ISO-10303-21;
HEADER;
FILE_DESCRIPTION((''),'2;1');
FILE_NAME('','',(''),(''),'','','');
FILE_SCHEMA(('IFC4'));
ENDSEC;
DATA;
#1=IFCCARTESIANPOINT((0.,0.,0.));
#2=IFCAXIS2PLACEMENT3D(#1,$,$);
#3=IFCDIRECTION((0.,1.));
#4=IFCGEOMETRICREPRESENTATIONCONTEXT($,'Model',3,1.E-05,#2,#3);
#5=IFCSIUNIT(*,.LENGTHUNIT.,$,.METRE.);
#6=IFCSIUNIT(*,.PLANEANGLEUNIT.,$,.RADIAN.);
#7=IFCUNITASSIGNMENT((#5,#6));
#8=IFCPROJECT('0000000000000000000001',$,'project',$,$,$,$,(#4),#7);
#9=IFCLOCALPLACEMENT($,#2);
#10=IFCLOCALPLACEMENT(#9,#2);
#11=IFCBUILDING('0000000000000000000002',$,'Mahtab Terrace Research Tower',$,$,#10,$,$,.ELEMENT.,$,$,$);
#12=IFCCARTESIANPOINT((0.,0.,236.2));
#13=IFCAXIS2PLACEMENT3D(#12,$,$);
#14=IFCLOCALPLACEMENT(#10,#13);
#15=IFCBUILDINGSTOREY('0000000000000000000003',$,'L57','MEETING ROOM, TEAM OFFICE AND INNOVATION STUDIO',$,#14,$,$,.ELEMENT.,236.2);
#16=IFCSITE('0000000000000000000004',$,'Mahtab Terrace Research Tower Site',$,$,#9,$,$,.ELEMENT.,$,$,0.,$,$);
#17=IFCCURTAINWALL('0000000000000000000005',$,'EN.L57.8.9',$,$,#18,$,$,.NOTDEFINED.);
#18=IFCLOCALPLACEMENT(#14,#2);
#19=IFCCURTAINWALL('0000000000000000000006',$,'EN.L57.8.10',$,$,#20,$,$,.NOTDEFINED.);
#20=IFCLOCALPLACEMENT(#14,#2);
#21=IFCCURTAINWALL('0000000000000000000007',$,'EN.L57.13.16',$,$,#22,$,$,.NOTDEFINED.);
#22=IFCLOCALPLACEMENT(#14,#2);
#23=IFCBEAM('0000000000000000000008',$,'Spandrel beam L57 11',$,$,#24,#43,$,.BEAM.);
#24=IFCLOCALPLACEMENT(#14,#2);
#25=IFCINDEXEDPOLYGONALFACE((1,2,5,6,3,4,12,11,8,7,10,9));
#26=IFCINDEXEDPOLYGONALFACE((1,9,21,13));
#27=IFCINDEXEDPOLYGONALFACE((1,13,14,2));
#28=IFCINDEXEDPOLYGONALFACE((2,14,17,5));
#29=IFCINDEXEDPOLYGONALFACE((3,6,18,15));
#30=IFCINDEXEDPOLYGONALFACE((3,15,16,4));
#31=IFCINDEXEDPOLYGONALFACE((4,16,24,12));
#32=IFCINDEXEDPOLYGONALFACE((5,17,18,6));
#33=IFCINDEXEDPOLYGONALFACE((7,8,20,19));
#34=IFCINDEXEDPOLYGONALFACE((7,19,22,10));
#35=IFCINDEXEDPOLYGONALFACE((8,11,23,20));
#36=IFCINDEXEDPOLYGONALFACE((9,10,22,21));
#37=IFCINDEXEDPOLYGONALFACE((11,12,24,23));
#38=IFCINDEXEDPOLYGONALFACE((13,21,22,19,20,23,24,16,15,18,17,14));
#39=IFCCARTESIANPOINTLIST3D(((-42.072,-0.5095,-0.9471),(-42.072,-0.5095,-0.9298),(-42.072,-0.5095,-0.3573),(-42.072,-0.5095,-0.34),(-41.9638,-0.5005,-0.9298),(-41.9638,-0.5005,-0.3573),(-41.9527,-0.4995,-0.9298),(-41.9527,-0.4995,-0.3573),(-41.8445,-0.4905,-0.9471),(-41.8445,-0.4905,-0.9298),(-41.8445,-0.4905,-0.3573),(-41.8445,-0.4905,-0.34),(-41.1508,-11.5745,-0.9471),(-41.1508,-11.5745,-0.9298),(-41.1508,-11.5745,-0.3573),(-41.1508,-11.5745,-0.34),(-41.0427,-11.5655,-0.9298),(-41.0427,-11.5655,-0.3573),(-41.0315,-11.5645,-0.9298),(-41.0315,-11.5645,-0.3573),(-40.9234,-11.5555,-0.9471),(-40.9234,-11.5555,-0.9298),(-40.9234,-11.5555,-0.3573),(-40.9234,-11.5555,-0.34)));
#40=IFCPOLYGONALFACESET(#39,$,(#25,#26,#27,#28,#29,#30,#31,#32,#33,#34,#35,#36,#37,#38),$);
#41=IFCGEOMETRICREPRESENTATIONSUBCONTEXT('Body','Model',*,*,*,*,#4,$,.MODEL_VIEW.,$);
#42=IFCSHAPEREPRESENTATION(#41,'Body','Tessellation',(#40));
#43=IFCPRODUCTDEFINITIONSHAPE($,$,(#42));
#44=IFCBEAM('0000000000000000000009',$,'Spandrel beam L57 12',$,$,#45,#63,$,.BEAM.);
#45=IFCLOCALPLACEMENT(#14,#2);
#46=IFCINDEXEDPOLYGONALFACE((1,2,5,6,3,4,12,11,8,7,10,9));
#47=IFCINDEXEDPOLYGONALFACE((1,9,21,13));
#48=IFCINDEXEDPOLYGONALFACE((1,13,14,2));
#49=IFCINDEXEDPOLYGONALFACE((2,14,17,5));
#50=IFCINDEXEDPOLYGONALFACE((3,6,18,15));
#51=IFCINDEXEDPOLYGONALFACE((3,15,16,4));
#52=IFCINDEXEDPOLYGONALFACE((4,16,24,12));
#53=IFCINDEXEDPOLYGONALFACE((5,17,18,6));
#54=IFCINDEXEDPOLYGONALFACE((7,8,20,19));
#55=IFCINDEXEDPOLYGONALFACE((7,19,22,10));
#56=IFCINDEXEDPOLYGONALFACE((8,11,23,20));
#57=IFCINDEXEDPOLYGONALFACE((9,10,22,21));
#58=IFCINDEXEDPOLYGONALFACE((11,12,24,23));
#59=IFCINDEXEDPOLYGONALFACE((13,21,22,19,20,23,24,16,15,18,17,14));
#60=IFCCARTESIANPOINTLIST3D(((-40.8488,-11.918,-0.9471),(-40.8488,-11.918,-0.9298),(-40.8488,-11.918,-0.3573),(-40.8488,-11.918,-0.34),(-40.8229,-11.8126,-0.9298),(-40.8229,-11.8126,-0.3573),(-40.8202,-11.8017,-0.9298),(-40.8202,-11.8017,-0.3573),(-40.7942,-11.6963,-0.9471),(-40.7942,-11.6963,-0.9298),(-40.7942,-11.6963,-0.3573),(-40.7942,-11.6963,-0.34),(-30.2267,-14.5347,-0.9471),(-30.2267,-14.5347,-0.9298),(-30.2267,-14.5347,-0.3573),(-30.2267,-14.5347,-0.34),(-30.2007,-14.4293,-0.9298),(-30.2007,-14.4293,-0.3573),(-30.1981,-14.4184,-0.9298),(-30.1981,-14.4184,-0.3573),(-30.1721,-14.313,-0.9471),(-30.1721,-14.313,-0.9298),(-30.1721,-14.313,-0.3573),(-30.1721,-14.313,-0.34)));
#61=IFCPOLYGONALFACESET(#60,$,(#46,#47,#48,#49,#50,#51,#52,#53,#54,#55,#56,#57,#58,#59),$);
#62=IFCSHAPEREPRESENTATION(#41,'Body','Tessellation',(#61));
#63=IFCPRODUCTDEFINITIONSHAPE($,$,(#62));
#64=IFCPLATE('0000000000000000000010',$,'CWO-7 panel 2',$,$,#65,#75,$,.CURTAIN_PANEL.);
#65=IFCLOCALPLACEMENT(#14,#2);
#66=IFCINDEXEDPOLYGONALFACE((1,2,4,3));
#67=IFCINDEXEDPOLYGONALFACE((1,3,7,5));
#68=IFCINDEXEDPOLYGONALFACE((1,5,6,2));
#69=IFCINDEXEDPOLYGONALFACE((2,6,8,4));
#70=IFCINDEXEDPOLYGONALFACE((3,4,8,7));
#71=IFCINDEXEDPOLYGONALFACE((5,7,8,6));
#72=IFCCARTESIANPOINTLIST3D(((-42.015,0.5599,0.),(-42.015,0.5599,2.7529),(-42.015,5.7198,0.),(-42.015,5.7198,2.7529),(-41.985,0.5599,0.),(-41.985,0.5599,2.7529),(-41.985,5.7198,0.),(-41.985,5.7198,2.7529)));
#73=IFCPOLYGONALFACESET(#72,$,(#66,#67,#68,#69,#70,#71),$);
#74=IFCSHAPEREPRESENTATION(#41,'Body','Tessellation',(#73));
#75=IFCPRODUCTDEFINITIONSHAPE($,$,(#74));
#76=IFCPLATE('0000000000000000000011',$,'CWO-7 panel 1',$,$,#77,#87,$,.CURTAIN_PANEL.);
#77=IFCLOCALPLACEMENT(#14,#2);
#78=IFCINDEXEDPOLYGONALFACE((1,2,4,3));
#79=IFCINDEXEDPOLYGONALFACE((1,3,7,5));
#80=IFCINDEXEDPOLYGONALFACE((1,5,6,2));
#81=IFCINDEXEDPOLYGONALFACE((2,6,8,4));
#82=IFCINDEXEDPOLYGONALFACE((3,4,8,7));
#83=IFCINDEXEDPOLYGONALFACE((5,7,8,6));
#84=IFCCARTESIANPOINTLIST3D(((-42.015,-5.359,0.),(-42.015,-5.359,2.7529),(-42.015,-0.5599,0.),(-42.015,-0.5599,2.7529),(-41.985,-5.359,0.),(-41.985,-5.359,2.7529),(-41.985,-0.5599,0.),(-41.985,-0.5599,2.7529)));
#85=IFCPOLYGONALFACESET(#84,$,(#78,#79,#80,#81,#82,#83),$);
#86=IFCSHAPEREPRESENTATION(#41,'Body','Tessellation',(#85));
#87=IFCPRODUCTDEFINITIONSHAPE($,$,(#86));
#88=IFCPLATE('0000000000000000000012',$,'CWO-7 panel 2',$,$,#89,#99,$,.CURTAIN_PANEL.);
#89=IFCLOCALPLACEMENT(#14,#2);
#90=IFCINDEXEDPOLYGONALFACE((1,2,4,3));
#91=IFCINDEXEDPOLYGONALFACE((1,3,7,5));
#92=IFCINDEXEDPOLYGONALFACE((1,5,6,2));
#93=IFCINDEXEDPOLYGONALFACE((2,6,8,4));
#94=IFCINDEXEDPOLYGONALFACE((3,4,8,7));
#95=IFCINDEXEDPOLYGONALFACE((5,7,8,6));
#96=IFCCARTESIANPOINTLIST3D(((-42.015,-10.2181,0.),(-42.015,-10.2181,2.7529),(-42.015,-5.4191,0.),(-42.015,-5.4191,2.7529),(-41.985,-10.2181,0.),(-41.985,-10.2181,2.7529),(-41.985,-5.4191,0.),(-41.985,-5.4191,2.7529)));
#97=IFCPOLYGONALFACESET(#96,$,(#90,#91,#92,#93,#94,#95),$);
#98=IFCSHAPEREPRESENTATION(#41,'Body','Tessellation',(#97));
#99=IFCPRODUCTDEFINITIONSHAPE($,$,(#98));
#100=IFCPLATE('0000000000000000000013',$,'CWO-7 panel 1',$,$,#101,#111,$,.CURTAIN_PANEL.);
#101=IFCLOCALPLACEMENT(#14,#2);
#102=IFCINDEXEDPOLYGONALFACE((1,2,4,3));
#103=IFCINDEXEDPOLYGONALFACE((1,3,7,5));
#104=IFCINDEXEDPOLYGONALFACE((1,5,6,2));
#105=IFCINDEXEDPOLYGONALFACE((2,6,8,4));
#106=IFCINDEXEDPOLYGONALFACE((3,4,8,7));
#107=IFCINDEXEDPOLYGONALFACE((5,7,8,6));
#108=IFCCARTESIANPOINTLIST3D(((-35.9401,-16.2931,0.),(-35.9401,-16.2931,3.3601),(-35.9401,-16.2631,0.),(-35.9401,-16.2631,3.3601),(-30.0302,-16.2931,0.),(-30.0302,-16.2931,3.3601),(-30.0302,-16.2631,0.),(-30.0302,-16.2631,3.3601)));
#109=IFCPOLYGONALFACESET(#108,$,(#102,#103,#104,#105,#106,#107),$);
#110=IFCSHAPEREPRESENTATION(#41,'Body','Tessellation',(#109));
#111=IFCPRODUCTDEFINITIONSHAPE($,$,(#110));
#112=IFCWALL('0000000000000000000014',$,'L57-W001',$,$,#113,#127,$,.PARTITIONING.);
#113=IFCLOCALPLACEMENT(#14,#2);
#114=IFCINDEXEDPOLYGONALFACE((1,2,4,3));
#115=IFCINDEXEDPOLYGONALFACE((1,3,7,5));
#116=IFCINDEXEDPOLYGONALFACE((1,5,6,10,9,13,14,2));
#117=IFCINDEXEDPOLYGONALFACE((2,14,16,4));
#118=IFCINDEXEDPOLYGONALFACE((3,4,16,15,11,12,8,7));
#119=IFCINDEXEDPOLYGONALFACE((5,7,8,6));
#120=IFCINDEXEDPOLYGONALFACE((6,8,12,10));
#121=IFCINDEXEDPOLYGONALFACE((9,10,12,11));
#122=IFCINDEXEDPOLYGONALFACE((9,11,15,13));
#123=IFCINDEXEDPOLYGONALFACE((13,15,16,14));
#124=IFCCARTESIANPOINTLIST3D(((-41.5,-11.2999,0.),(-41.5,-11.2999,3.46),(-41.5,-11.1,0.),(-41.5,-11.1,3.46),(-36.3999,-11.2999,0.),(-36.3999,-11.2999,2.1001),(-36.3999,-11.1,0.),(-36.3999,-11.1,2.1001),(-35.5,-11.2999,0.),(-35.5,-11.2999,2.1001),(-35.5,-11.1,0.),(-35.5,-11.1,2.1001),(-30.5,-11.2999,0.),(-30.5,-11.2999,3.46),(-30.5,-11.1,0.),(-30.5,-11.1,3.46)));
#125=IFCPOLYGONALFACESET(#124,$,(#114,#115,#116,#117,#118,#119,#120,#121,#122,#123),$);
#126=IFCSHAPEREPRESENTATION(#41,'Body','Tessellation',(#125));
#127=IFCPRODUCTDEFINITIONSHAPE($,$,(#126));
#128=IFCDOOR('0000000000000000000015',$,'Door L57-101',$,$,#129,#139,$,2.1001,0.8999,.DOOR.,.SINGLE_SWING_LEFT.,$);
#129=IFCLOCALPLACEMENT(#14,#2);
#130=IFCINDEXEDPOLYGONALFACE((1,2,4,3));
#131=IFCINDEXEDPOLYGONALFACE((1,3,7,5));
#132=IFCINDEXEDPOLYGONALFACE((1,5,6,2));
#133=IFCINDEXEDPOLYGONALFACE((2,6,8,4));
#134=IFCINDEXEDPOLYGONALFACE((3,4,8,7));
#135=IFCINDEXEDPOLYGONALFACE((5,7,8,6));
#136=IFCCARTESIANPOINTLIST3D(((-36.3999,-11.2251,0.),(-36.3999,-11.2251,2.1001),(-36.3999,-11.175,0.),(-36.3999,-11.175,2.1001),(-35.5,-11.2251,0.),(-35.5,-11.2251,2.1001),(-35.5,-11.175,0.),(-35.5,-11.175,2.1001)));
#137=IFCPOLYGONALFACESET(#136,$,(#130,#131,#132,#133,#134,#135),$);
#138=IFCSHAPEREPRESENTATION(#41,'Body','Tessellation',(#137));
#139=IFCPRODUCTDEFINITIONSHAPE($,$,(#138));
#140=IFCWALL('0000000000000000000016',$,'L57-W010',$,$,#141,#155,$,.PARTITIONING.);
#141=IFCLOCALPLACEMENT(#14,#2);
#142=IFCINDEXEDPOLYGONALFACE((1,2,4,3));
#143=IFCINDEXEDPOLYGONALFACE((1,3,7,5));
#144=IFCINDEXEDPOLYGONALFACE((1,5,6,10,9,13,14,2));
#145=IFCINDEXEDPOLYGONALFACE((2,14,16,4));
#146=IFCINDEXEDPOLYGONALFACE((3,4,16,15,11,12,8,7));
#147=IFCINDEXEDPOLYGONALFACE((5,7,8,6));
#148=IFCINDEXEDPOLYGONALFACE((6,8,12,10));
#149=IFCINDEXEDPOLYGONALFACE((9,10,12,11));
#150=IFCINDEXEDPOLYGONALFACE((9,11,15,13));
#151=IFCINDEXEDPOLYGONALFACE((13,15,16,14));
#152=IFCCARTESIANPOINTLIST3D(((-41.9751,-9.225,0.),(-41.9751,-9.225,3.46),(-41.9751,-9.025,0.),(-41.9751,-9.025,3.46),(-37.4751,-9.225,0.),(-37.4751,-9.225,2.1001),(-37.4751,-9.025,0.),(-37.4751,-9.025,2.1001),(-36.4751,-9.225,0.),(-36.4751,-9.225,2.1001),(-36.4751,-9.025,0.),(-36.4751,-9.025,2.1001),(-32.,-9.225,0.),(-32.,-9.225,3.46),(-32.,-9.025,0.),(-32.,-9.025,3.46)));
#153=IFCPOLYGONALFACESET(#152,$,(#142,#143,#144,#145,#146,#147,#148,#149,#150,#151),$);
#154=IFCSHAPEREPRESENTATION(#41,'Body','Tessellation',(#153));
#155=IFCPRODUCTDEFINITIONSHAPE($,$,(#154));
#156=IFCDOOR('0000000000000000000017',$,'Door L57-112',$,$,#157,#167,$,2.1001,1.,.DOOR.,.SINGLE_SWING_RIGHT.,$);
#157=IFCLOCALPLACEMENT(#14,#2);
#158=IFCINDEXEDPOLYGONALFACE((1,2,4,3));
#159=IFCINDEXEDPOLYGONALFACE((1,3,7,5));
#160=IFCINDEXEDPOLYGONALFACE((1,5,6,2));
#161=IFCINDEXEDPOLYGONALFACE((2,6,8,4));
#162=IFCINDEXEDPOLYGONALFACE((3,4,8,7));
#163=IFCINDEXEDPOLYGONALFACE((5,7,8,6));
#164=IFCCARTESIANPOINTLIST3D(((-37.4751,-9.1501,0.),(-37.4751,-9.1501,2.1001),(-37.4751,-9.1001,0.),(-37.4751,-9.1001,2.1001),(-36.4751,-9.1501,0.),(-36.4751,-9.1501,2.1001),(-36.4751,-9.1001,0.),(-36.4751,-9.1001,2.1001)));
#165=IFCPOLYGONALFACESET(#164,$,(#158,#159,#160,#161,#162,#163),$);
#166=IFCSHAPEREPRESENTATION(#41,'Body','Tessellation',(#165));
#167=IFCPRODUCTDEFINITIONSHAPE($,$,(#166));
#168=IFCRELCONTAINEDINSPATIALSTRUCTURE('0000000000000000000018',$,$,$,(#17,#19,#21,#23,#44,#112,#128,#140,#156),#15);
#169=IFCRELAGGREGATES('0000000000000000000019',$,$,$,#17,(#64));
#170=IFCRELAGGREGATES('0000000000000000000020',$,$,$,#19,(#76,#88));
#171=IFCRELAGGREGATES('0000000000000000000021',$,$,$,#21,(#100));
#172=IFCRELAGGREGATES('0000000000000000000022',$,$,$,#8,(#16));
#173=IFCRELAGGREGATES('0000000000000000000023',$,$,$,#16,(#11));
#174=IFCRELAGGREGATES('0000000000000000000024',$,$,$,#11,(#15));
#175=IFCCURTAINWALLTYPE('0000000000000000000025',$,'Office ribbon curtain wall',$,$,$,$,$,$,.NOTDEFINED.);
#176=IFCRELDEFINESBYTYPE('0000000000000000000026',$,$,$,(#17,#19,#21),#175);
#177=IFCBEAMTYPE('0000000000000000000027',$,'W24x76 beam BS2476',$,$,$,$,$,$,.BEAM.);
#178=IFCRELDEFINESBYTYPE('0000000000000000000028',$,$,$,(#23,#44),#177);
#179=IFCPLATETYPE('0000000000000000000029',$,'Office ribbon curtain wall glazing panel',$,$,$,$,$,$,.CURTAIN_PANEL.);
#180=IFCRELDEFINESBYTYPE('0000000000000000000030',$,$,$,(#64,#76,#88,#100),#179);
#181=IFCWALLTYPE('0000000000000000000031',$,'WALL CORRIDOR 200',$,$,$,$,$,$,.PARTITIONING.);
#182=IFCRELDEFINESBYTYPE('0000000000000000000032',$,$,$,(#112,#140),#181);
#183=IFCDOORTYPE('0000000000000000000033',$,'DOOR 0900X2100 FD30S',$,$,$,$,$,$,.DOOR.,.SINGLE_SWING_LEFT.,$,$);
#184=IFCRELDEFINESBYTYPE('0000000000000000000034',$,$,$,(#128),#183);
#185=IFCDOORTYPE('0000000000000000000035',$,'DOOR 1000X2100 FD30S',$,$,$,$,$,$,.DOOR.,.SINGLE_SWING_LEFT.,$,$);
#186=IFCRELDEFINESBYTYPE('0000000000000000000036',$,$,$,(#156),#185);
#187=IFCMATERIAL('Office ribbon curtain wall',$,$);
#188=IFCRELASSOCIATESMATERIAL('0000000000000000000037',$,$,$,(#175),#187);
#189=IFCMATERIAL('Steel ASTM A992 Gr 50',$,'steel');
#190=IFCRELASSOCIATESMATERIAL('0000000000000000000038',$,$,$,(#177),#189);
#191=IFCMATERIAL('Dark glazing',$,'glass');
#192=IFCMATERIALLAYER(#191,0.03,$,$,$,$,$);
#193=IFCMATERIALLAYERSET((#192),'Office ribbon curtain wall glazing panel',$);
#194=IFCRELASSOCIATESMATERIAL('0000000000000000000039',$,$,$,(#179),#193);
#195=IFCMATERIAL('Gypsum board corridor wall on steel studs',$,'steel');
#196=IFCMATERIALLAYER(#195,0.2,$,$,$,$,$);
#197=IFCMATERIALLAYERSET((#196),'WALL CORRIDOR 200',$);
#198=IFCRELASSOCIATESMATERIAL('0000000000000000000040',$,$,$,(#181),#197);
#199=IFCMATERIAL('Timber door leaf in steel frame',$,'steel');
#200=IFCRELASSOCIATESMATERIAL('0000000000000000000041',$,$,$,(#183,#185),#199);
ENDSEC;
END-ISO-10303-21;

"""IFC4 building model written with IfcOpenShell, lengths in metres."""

from ifc_helpers import new_model, si_unit, direction, frame, frame_2d, origin, origin_2d, place, context, subcontext, project, spatial, rectangle, i_section, extrude, material, layer, layer_set, material_profile, profile_set, type_object, element, fill, aggregate, save


model = new_model("IFC4")

# Units and contexts
model_context = context("Model", 3, precision=1e-05, world=origin(), true_north=direction((0.0, 1.0)))
body_context = subcontext(model_context, "Body", "Model", "MODEL_VIEW")
ifc_project = project(units=[si_unit("LENGTHUNIT", "METRE"), si_unit("PLANEANGLEUNIT", "RADIAN")], contexts=[model_context])

# Site, building, storey
site_placement = place(None, origin())
site = spatial("IfcSite", under=ifc_project, at=site_placement, Name="Mahtab Terrace Research Tower Site", CompositionType="ELEMENT", RefElevation=0.0)
building_placement = place(site_placement, origin())
building = spatial("IfcBuilding", under=site, at=building_placement, Name="Mahtab Terrace Research Tower", CompositionType="ELEMENT")
storey_placement = place(building_placement, frame((0.0, 0.0, 236.2)))
storey = spatial("IfcBuildingStorey", under=building, at=storey_placement, Name="L57", Description="MEETING ROOM, TEAM OFFICE AND INNOVATION STUDIO", CompositionType="ELEMENT", Elevation=236.2)

# Shared definitions
ifc_material_1 = material(Name="Steel ASTM A992 Gr 50", Category="steel")

# Curtain walls
ifc_material_2 = material(Name="Office ribbon curtain wall")
curtain_wall_type = type_object("IfcCurtainWallType", Name="Office ribbon curtain wall", PredefinedType="NOTDEFINED", material=ifc_material_2)
curtain_wall_1_placement = place(storey_placement, origin())
curtain_wall_1 = element("IfcCurtainWall", 1, at=curtain_wall_1_placement, inside=storey, type_object=curtain_wall_type, Name="EN.L57.8.9", PredefinedType="NOTDEFINED")
curtain_wall_2_placement = place(storey_placement, origin())
curtain_wall_2 = element("IfcCurtainWall", 2, at=curtain_wall_2_placement, inside=storey, type_object=curtain_wall_type, Name="EN.L57.8.10", PredefinedType="NOTDEFINED")

# Curtain wall
curtain_wall_3_placement = place(storey_placement, origin())
curtain_wall_3 = element("IfcCurtainWall", 3, at=curtain_wall_3_placement, inside=storey, type_object=curtain_wall_type, Name="EN.L57.13.16", PredefinedType="NOTDEFINED")

# Beams
ifc_material_profile_1 = material_profile(ifc_material_1, i_section(OverallWidth=0.2283, OverallDepth=0.6072, WebThickness=0.0112, FlangeThickness=0.0173, at=origin_2d()), Name="W24X76")
ifc_profile_set_1 = profile_set([ifc_material_profile_1], Name="Steel ASTM A992 Gr 50")
beam_type = type_object("IfcBeamType", Name="W24x76 beam BS2476", PredefinedType="BEAM", material=ifc_profile_set_1)
beam_1_placement = place(storey_placement, frame((-41.9583, -0.5, -0.6436), z_axis=(0.082962, -0.996553, 0.0), x_axis=(0.996553, 0.082962, 0.0)))
element("IfcBeam", 4, at=beam_1_placement, inside=storey, type_object=beam_type, Name="Spandrel beam L57 11", PredefinedType="BEAM", context=body_context, shape_type="SweptSolid", body=[
    extrude(i_section(OverallWidth=0.2283, OverallDepth=0.6072, WebThickness=0.0112, FlangeThickness=0.0173, at=origin_2d()), origin(), (0.0, 0.0, 1.0), 11.1033),
])
beam_2_placement = place(storey_placement, frame((-40.8215, -11.8071, -0.6436), z_axis=(0.970972, -0.239195, 0.0), x_axis=(0.239195, 0.970972, 0.0)))
element("IfcBeam", 5, at=beam_2_placement, inside=storey, type_object=beam_type, Name="Spandrel beam L57 12", PredefinedType="BEAM", context=body_context, shape_type="SweptSolid", body=[
    extrude(i_section(OverallWidth=0.2283, OverallDepth=0.6072, WebThickness=0.0112, FlangeThickness=0.0173, at=origin_2d()), origin(), (0.0, 0.0, 1.0), 10.9397),
])

# Plates
ifc_material_3 = material(Name="Dark glazing", Category="glass")
ifc_layer_1 = layer(ifc_material_3, 0.03)
ifc_layer_set_1 = layer_set([ifc_layer_1], Name="Office ribbon curtain wall glazing panel")
plate_type = type_object("IfcPlateType", Name="Office ribbon curtain wall glazing panel", PredefinedType="CURTAIN_PANEL", material=ifc_layer_set_1)
plate_1_placement = place(storey_placement, frame((-42.0, 3.1399, 0.0), z_axis=(0.0, 0.0, 1.0), x_axis=(0.0, -1.0, 0.0)))
plate_1 = element("IfcPlate", 6, at=plate_1_placement, type_object=plate_type, Name="CWO-7 panel 2", PredefinedType="CURTAIN_PANEL", context=body_context, shape_type="SweptSolid", body=[
    extrude(rectangle(XDim=5.1599, YDim=0.03, at=origin_2d()), origin(), (0.0, 0.0, 1.0), 2.7529),
])
aggregate(curtain_wall_1, [plate_1])
plate_2_placement = place(storey_placement, frame((-42.0, -2.9595, 0.0), z_axis=(0.0, 0.0, 1.0), x_axis=(0.0, -1.0, 0.0)))
plate_2 = element("IfcPlate", 7, at=plate_2_placement, type_object=plate_type, Name="CWO-7 panel 1", PredefinedType="CURTAIN_PANEL", context=body_context, shape_type="SweptSolid", body=[
    extrude(rectangle(XDim=4.7991, YDim=0.03, at=origin_2d()), origin(), (0.0, 0.0, 1.0), 2.7529),
])
plate_3_placement = place(storey_placement, frame((-42.0, -7.8186, 0.0), z_axis=(0.0, 0.0, 1.0), x_axis=(0.0, -1.0, 0.0)))
plate_3 = element("IfcPlate", 8, at=plate_3_placement, type_object=plate_type, Name="CWO-7 panel 2", PredefinedType="CURTAIN_PANEL", context=body_context, shape_type="SweptSolid", body=[
    extrude(rectangle(XDim=4.7991, YDim=0.03, at=origin_2d()), origin(), (0.0, 0.0, 1.0), 2.7529),
])
aggregate(curtain_wall_2, [plate_2, plate_3])
plate_4_placement = place(storey_placement, frame((-32.9851, -16.2781, 0.0), z_axis=(0.0, 0.0, 1.0), x_axis=(1.0, 0.0, 0.0)))
plate_4 = element("IfcPlate", 9, at=plate_4_placement, type_object=plate_type, Name="CWO-7 panel 1", PredefinedType="CURTAIN_PANEL", context=body_context, shape_type="SweptSolid", body=[
    extrude(rectangle(XDim=5.9099, YDim=0.03, at=origin_2d()), origin(), (0.0, 0.0, 1.0), 3.3601),
])
aggregate(curtain_wall_3, [plate_4])

# Walls, openings, doors
ifc_material_4 = material(Name="Gypsum board corridor wall on steel studs", Category="steel")
ifc_layer_2 = layer(ifc_material_4, 0.2)
ifc_layer_set_2 = layer_set([ifc_layer_2], Name="WALL CORRIDOR 200")
wall_type_1 = type_object("IfcWallType", Name="WALL CORRIDOR 200", PredefinedType="PARTITIONING", material=ifc_layer_set_2)
wall_1_placement = place(storey_placement, frame((-41.5, -11.2, 0.0), z_axis=(0.0, 0.0, 1.0), x_axis=(1.0, 0.0, 0.0)))
wall_1 = element("IfcWall", 10, at=wall_1_placement, inside=storey, type_object=wall_type_1, Name="L57-W001", PredefinedType="PARTITIONING", context=body_context, shape_type="SweptSolid", body=[
    extrude(rectangle(XDim=11.0, YDim=0.2, at=frame_2d((5.5, 0.0))), origin(), (0.0, 0.0, 1.0), 3.46),
])
opening_1_placement = place(wall_1_placement, frame((5.1001, 0.0, 0.0)))
opening_1 = element("IfcOpeningElement", 11, at=opening_1_placement, cuts=wall_1, PredefinedType="OPENING", context=body_context, shape_type="SweptSolid", body=[
    extrude(rectangle(XDim=0.8999, YDim=2.1001, at=frame_2d((0.45, 1.05))), frame((0.0, 0.1099, 0.0), z_axis=(0.0, -1.0, 0.0), x_axis=(1.0, 0.0, 0.0)), (0.0, 0.0, 1.0), 0.22),
])
ifc_material_5 = material(Name="Timber door leaf in steel frame", Category="steel")
door_type_1 = type_object("IfcDoorType", Name="DOOR 0900X2100 FD30S", OperationType="SINGLE_SWING_LEFT", PredefinedType="DOOR", material=ifc_material_5)
door_1_placement = place(opening_1_placement, origin())
door_1 = element("IfcDoor", 12, at=door_1_placement, inside=storey, type_object=door_type_1, Name="Door L57-101", OperationType="SINGLE_SWING_LEFT", OverallHeight=2.1001, OverallWidth=0.8999, PredefinedType="DOOR", context=body_context, shape_type="SweptSolid", body=[
    extrude(rectangle(XDim=0.8999, YDim=2.1001, at=frame_2d((0.45, 1.05))), frame((0.0, 0.0249, 0.0), z_axis=(0.0, -1.0, 0.0), x_axis=(1.0, 0.0, 0.0)), (0.0, 0.0, 1.0), 0.05),
])
fill(opening_1, door_1)
wall_2_placement = place(storey_placement, frame((-41.9751, -9.125, 0.0), z_axis=(0.0, 0.0, 1.0), x_axis=(1.0, 0.0, 0.0)))
wall_2 = element("IfcWall", 13, at=wall_2_placement, inside=storey, type_object=wall_type_1, Name="L57-W010", PredefinedType="PARTITIONING", context=body_context, shape_type="SweptSolid", body=[
    extrude(rectangle(XDim=9.9751, YDim=0.2, at=frame_2d((4.9875, 0.0))), origin(), (0.0, 0.0, 1.0), 3.46),
])
opening_2_placement = place(wall_2_placement, frame((4.5, 0.0, 0.0)))
opening_2 = element("IfcOpeningElement", 14, at=opening_2_placement, cuts=wall_2, PredefinedType="OPENING", context=body_context, shape_type="SweptSolid", body=[
    extrude(rectangle(XDim=1.0, YDim=2.1001, at=frame_2d((0.5, 1.05))), frame((0.0, 0.1099, 0.0), z_axis=(0.0, -1.0, 0.0), x_axis=(1.0, 0.0, 0.0)), (0.0, 0.0, 1.0), 0.22),
])
door_type_2 = type_object("IfcDoorType", Name="DOOR 1000X2100 FD30S", OperationType="SINGLE_SWING_LEFT", PredefinedType="DOOR", material=ifc_material_5)
door_2_placement = place(opening_2_placement, origin())
door_2 = element("IfcDoor", 15, at=door_2_placement, inside=storey, type_object=door_type_2, Name="Door L57-112", OperationType="SINGLE_SWING_RIGHT", OverallHeight=2.1001, OverallWidth=1.0, PredefinedType="DOOR", context=body_context, shape_type="SweptSolid", body=[
    extrude(rectangle(XDim=1.0, YDim=2.1001, at=frame_2d((0.5, 1.05))), frame((0.0, 0.0249, 0.0), z_axis=(0.0, -1.0, 0.0), x_axis=(1.0, 0.0, 0.0)), (0.0, 0.0, 1.0), 0.05),
])
fill(opening_2, door_2)

save(model, "model.ifc")
